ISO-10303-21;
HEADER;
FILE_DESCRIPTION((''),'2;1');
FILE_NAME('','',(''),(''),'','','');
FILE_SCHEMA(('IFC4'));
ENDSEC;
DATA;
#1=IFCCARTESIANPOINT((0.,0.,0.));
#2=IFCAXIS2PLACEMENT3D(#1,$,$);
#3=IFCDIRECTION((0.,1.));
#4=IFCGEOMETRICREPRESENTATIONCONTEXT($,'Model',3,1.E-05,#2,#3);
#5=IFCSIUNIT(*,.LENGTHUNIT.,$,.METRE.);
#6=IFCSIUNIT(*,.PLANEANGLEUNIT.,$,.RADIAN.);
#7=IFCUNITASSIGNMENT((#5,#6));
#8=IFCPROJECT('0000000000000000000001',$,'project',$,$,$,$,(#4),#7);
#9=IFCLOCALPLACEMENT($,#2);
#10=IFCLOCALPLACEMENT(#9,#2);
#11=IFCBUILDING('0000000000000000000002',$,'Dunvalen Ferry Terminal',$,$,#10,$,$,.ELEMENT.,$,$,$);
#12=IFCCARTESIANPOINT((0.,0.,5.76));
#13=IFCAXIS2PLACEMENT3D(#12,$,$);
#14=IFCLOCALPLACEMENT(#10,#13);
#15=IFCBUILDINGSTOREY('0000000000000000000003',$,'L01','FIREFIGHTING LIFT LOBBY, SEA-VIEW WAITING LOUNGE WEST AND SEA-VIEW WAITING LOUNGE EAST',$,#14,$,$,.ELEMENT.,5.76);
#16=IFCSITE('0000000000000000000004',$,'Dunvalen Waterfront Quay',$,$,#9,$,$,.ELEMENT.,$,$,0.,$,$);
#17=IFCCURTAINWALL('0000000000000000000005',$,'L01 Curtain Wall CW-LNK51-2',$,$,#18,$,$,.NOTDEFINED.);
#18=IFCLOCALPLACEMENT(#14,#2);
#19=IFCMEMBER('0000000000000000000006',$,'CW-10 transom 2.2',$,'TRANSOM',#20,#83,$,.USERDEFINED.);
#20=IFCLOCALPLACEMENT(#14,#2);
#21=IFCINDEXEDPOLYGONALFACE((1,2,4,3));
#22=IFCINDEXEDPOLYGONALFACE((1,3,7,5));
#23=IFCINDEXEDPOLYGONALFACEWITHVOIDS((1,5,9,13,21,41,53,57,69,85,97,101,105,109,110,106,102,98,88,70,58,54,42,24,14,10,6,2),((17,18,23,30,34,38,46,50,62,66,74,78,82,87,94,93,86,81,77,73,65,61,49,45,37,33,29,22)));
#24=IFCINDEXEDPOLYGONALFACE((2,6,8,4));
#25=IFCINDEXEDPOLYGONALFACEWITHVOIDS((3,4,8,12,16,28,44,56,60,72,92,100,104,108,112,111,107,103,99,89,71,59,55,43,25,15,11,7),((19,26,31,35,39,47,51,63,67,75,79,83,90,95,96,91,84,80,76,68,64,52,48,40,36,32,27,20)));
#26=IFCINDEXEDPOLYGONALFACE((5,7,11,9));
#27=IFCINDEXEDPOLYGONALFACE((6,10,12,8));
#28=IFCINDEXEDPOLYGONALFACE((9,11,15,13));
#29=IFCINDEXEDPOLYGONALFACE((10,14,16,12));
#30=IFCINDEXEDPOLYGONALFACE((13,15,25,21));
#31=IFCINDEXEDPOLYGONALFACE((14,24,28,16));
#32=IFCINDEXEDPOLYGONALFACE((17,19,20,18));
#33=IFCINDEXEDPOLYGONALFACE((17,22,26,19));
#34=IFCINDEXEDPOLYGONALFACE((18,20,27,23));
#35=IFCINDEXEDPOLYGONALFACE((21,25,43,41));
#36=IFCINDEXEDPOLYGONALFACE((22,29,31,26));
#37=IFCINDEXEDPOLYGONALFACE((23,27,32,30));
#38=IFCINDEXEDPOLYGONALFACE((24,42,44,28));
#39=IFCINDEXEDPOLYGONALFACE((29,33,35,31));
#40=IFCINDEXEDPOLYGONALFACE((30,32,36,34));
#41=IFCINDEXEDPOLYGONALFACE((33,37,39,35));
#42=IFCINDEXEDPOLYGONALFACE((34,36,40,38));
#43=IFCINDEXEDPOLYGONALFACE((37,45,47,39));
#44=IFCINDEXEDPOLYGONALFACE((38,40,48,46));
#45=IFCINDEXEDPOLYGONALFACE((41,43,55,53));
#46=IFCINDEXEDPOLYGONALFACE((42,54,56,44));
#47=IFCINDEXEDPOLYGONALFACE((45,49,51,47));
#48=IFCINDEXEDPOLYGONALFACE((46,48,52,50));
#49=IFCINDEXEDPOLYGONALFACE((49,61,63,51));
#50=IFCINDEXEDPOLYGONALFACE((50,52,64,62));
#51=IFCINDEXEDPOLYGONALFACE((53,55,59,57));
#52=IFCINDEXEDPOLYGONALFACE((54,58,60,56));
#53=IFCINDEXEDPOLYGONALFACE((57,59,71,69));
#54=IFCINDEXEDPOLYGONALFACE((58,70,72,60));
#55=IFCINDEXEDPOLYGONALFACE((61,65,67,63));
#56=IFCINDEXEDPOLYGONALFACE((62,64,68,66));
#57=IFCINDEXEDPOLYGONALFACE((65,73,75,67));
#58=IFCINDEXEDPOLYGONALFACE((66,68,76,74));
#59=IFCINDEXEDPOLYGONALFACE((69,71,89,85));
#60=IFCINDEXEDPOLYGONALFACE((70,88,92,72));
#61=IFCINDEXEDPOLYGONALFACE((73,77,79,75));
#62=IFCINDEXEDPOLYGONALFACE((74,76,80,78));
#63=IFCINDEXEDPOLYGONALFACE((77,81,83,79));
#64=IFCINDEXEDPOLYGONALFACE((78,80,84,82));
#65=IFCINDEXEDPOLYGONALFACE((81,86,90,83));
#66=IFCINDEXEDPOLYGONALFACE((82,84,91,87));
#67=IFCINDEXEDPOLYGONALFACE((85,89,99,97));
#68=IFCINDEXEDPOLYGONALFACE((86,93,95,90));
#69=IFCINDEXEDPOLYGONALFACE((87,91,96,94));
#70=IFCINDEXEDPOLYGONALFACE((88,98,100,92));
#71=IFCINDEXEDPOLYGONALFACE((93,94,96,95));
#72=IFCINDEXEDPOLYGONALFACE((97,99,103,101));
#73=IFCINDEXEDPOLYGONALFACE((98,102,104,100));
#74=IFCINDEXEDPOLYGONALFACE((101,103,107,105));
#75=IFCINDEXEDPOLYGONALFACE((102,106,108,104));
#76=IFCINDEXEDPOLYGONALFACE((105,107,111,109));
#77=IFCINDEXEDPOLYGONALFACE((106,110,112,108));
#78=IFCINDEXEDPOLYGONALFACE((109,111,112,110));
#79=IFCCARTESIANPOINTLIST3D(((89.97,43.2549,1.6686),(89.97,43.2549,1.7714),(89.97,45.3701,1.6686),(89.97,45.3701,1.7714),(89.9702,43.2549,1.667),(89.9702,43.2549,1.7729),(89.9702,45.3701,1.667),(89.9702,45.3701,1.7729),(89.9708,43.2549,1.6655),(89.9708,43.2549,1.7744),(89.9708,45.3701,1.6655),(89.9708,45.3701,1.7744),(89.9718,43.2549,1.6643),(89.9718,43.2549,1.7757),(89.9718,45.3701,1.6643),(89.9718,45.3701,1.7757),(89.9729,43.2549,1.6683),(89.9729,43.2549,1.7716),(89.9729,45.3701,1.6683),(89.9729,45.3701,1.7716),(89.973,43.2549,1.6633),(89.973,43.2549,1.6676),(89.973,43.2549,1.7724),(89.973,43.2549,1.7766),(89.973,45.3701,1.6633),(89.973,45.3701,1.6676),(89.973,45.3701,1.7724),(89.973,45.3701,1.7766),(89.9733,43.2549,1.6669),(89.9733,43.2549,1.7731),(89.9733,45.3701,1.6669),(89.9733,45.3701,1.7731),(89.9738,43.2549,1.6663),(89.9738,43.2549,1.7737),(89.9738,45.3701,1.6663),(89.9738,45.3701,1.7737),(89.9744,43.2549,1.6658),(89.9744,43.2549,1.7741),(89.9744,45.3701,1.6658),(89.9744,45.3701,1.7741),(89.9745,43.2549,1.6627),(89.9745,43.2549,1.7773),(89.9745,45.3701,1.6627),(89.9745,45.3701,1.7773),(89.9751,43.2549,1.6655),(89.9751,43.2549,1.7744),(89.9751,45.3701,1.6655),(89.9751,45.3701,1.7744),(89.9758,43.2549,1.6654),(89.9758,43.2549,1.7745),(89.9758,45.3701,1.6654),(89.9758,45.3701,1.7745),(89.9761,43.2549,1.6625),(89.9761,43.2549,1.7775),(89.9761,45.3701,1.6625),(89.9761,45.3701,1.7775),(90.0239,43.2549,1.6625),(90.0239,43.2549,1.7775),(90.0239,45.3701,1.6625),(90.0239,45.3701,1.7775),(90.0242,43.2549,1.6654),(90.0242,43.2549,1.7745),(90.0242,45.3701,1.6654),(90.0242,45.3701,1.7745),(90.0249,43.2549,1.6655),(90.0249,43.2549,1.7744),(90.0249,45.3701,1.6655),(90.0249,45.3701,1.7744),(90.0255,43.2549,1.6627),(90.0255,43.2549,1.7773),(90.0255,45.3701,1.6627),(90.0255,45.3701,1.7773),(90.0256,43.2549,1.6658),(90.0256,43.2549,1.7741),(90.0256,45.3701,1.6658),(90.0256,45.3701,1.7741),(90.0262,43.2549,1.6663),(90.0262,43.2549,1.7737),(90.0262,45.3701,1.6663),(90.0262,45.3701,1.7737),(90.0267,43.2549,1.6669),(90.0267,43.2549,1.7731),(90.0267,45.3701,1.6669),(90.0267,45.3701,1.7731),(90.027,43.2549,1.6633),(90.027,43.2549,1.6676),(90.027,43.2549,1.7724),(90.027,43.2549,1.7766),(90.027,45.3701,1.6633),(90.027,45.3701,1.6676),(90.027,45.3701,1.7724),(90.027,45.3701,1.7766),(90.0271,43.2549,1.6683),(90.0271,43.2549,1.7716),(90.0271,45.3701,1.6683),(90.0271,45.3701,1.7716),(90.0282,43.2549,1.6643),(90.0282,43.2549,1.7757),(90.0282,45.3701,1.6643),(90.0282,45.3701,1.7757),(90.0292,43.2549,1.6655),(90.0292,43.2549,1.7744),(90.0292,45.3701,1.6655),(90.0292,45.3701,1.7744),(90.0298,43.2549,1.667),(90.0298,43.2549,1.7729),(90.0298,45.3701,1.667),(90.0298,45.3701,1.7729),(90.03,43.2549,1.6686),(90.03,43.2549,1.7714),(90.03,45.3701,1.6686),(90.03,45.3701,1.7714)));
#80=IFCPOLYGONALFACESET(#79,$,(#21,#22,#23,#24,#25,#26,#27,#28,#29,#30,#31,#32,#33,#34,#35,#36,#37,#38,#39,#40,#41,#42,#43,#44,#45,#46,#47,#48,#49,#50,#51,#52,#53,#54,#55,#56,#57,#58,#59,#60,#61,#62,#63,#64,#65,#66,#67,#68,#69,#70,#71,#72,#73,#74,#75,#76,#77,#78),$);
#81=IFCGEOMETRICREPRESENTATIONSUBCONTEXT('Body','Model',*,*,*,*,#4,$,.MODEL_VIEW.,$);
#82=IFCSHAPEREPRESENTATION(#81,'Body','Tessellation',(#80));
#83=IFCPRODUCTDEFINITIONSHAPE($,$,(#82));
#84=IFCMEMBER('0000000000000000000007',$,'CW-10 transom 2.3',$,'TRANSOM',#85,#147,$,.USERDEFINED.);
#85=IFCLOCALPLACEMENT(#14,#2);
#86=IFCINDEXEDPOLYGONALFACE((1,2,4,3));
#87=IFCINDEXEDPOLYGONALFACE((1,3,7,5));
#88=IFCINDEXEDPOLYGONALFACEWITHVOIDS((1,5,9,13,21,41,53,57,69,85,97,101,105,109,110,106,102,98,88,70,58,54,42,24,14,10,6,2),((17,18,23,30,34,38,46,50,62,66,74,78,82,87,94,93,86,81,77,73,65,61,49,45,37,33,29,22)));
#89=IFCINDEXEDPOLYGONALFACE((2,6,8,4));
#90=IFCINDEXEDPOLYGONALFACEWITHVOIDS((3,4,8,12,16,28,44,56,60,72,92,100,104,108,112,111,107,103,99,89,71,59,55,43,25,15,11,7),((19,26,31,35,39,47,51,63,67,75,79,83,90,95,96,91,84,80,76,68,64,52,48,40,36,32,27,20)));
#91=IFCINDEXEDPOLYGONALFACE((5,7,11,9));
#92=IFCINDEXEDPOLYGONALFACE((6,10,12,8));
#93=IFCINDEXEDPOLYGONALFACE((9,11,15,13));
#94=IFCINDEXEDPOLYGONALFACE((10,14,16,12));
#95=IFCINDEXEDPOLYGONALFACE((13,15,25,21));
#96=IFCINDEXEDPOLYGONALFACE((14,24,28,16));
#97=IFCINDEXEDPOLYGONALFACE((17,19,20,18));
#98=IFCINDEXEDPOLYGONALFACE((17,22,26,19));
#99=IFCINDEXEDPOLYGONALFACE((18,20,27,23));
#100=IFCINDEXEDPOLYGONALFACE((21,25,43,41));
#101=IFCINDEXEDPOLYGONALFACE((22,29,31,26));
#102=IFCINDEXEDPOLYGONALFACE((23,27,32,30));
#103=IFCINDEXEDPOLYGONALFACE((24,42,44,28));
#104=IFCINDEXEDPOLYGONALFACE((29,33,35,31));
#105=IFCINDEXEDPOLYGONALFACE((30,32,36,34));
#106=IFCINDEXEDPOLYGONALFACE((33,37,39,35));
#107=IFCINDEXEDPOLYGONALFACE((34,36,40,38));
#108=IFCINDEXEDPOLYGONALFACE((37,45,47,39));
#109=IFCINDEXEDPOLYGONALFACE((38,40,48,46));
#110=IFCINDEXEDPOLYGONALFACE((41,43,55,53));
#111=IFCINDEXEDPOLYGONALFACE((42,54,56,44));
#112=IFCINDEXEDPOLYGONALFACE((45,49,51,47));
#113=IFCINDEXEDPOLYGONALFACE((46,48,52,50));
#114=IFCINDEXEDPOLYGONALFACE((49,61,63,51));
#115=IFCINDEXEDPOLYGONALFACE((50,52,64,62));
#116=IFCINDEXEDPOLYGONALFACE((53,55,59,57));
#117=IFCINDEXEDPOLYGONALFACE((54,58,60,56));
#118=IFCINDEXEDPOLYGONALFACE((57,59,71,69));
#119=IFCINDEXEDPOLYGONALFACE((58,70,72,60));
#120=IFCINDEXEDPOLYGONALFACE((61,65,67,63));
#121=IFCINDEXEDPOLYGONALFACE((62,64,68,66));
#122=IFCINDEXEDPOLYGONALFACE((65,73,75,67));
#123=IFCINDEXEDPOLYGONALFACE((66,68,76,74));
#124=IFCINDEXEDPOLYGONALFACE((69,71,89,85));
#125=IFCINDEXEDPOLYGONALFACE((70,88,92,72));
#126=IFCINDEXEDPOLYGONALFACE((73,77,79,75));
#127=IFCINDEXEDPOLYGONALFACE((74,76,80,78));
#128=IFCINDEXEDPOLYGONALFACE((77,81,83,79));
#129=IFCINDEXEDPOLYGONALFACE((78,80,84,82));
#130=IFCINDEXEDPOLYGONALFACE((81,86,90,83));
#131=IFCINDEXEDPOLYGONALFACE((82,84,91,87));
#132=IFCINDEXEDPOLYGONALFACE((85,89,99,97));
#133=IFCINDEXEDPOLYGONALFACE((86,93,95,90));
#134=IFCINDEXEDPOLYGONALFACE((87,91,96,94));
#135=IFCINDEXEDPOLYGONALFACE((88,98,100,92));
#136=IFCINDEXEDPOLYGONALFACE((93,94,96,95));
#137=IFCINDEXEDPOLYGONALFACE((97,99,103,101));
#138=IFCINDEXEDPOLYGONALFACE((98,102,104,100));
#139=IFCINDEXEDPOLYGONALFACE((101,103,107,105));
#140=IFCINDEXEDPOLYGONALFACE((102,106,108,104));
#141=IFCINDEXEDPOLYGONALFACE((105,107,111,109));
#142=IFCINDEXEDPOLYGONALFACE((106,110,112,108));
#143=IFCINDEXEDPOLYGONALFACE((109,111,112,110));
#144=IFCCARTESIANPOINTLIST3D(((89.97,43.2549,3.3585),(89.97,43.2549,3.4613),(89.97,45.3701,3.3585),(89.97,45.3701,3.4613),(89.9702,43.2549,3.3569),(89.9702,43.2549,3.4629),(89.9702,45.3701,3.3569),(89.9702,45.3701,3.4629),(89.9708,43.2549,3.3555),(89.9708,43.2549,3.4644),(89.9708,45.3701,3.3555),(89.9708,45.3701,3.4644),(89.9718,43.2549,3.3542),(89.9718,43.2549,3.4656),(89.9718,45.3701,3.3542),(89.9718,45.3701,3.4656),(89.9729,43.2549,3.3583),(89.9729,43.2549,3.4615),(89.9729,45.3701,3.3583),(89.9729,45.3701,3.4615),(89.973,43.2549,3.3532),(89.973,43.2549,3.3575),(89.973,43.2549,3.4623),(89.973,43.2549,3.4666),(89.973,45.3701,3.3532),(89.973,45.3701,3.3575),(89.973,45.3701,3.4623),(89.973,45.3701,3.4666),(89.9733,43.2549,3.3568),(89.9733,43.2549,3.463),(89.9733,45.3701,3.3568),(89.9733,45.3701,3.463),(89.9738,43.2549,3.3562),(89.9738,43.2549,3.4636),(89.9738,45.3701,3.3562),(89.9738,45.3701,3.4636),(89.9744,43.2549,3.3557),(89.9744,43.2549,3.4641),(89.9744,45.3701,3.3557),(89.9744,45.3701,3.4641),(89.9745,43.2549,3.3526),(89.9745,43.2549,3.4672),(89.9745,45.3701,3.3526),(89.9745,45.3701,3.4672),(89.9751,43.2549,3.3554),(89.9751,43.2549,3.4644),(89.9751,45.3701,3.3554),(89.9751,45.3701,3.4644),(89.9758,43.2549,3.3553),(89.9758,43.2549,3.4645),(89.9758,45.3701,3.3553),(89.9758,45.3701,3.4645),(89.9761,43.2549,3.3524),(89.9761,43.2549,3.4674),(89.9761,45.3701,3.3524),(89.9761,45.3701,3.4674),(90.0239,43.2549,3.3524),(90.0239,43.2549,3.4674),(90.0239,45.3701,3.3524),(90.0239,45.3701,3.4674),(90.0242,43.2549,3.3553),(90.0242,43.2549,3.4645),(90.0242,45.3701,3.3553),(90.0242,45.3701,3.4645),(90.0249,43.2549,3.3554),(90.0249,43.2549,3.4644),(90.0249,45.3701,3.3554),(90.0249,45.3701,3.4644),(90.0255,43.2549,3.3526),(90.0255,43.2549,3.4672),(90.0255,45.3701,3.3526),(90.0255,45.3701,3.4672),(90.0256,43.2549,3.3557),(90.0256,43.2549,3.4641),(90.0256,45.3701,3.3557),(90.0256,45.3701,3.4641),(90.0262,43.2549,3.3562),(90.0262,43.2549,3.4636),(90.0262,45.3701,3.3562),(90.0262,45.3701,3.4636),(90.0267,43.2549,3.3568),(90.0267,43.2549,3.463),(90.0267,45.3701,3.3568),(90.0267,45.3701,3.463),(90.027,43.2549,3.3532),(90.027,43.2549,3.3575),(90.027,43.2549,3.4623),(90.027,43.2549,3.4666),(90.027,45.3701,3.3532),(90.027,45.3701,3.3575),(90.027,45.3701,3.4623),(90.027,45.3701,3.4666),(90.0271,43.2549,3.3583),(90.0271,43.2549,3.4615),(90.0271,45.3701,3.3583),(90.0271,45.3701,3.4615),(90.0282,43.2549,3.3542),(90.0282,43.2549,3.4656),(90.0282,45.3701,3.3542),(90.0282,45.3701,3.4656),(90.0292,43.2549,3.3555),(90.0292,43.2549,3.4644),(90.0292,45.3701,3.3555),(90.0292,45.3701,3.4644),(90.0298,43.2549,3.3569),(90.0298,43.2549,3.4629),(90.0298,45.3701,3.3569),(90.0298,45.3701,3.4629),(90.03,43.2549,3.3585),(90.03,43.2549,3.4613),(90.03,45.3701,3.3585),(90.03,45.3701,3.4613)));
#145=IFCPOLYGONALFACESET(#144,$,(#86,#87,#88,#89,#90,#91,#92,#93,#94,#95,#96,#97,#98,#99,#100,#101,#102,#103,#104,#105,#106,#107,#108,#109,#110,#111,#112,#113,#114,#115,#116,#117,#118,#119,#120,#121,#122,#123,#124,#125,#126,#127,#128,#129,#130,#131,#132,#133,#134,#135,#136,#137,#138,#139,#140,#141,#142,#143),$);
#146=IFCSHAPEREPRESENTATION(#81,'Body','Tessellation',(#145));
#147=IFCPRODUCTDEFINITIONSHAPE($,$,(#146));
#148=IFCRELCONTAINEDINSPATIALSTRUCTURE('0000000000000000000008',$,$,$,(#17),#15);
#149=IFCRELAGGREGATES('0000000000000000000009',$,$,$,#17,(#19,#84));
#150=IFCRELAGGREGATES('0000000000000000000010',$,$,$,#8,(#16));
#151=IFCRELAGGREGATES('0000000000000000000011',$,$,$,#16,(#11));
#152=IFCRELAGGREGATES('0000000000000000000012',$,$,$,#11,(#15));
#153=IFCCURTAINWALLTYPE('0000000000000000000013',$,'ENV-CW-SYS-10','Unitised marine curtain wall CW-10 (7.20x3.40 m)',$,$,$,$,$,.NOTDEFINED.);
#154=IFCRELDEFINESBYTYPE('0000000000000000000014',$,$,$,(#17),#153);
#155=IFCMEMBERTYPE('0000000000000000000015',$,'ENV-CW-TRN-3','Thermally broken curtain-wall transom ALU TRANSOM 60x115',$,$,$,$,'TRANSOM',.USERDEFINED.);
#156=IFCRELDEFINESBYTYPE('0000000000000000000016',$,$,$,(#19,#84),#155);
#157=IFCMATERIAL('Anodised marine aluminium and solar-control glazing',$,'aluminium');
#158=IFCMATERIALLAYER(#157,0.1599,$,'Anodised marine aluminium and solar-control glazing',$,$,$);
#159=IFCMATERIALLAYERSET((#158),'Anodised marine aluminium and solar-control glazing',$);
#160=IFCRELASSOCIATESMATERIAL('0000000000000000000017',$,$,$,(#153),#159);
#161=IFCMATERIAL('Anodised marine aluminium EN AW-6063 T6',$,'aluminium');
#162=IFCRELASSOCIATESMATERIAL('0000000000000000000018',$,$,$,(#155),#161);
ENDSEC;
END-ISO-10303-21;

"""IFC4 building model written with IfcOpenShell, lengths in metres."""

from ifc_helpers import new_model, si_unit, direction, frame, origin, origin_2d, place, context, subcontext, project, spatial, hollow_rectangle, extrude, material, layer, layer_set, material_profile, profile_set, type_object, element, aggregate, save


model = new_model("IFC4")

# Units and contexts
model_context = context("Model", 3, precision=1e-05, world=origin(), true_north=direction((0.0, 1.0)))
body_context = subcontext(model_context, "Body", "Model", "MODEL_VIEW")
ifc_project = project(units=[si_unit("LENGTHUNIT", "METRE"), si_unit("PLANEANGLEUNIT", "RADIAN")], contexts=[model_context])

# Site, building, storey
site_placement = place(None, origin())
site = spatial("IfcSite", under=ifc_project, at=site_placement, Name="Dunvalen Waterfront Quay", CompositionType="ELEMENT", RefElevation=0.0)
building_placement = place(site_placement, origin())
building = spatial("IfcBuilding", under=site, at=building_placement, Name="Dunvalen Ferry Terminal", CompositionType="ELEMENT")
storey_placement = place(building_placement, frame((0.0, 0.0, 5.76)))
storey = spatial("IfcBuildingStorey", under=building, at=storey_placement, Name="L01", Description="FIREFIGHTING LIFT LOBBY, SEA-VIEW WAITING LOUNGE WEST AND SEA-VIEW WAITING LOUNGE EAST", CompositionType="ELEMENT", Elevation=5.76)

# Shared definitions
ifc_material_1 = material(Name="Anodised marine aluminium and solar-control glazing", Category="aluminium")
ifc_material_2 = material(Name="Anodised marine aluminium EN AW-6063 T6", Category="aluminium")

# Curtain wall
ifc_layer_1 = layer(ifc_material_1, 0.1599, Name="Anodised marine aluminium and solar-control glazing")
ifc_layer_set_1 = layer_set([ifc_layer_1], Name="Anodised marine aluminium and solar-control glazing")
curtain_wall_type_1 = type_object("IfcCurtainWallType", Name="ENV-CW-SYS-10", Description="Unitised marine curtain wall CW-10 (7.20x3.40 m)", PredefinedType="NOTDEFINED", material=ifc_layer_set_1)
curtain_wall_1_placement = place(storey_placement, origin())
curtain_wall_1 = element("IfcCurtainWall", 1, at=curtain_wall_1_placement, inside=storey, type_object=curtain_wall_type_1, Name="L01 Curtain Wall CW-LNK51-2", PredefinedType="NOTDEFINED")

# Members
ifc_material_profile_1 = material_profile(ifc_material_2, hollow_rectangle(XDim=0.0601, YDim=0.115, WallThickness=0.0029, InnerFilletRadius=0.0029, OuterFilletRadius=0.0061, at=origin_2d()), Name="Anodised marine aluminium EN AW-6063 T6")
ifc_profile_set_1 = profile_set([ifc_material_profile_1], Name="Anodised marine aluminium EN AW-6063 T6")
member_type_1 = type_object("IfcMemberType", Name="ENV-CW-TRN-3", Description="Thermally broken curtain-wall transom ALU TRANSOM 60x115", ElementType="TRANSOM", PredefinedType="USERDEFINED", material=ifc_profile_set_1)
member_1_placement = place(storey_placement, frame((90.0, 43.2549, 1.72), z_axis=(0.0, 1.0, 0.0), x_axis=(-1.0, 0.0, 0.0)))
member_1 = element("IfcMember", 2, at=member_1_placement, type_object=member_type_1, Name="CW-10 transom 2.2", ObjectType="TRANSOM", PredefinedType="USERDEFINED", context=body_context, shape_type="SweptSolid", body=[
    extrude(hollow_rectangle(XDim=0.0601, YDim=0.115, WallThickness=0.0029, InnerFilletRadius=0.0029, OuterFilletRadius=0.0061, at=origin_2d()), origin(), (0.0, 0.0, 1.0), 2.1152),
])
member_2_placement = place(storey_placement, frame((90.0, 43.2549, 3.4099), z_axis=(0.0, 1.0, 0.0), x_axis=(-1.0, 0.0, 0.0)))
member_2 = element("IfcMember", 3, at=member_2_placement, type_object=member_type_1, Name="CW-10 transom 2.3", ObjectType="TRANSOM", PredefinedType="USERDEFINED", context=body_context, shape_type="SweptSolid", body=[
    extrude(hollow_rectangle(XDim=0.0601, YDim=0.115, WallThickness=0.0029, InnerFilletRadius=0.0029, OuterFilletRadius=0.0061, at=origin_2d()), origin(), (0.0, 0.0, 1.0), 2.1152),
])

aggregate(curtain_wall_1, [member_1, member_2])

save(model, "model.ifc")
